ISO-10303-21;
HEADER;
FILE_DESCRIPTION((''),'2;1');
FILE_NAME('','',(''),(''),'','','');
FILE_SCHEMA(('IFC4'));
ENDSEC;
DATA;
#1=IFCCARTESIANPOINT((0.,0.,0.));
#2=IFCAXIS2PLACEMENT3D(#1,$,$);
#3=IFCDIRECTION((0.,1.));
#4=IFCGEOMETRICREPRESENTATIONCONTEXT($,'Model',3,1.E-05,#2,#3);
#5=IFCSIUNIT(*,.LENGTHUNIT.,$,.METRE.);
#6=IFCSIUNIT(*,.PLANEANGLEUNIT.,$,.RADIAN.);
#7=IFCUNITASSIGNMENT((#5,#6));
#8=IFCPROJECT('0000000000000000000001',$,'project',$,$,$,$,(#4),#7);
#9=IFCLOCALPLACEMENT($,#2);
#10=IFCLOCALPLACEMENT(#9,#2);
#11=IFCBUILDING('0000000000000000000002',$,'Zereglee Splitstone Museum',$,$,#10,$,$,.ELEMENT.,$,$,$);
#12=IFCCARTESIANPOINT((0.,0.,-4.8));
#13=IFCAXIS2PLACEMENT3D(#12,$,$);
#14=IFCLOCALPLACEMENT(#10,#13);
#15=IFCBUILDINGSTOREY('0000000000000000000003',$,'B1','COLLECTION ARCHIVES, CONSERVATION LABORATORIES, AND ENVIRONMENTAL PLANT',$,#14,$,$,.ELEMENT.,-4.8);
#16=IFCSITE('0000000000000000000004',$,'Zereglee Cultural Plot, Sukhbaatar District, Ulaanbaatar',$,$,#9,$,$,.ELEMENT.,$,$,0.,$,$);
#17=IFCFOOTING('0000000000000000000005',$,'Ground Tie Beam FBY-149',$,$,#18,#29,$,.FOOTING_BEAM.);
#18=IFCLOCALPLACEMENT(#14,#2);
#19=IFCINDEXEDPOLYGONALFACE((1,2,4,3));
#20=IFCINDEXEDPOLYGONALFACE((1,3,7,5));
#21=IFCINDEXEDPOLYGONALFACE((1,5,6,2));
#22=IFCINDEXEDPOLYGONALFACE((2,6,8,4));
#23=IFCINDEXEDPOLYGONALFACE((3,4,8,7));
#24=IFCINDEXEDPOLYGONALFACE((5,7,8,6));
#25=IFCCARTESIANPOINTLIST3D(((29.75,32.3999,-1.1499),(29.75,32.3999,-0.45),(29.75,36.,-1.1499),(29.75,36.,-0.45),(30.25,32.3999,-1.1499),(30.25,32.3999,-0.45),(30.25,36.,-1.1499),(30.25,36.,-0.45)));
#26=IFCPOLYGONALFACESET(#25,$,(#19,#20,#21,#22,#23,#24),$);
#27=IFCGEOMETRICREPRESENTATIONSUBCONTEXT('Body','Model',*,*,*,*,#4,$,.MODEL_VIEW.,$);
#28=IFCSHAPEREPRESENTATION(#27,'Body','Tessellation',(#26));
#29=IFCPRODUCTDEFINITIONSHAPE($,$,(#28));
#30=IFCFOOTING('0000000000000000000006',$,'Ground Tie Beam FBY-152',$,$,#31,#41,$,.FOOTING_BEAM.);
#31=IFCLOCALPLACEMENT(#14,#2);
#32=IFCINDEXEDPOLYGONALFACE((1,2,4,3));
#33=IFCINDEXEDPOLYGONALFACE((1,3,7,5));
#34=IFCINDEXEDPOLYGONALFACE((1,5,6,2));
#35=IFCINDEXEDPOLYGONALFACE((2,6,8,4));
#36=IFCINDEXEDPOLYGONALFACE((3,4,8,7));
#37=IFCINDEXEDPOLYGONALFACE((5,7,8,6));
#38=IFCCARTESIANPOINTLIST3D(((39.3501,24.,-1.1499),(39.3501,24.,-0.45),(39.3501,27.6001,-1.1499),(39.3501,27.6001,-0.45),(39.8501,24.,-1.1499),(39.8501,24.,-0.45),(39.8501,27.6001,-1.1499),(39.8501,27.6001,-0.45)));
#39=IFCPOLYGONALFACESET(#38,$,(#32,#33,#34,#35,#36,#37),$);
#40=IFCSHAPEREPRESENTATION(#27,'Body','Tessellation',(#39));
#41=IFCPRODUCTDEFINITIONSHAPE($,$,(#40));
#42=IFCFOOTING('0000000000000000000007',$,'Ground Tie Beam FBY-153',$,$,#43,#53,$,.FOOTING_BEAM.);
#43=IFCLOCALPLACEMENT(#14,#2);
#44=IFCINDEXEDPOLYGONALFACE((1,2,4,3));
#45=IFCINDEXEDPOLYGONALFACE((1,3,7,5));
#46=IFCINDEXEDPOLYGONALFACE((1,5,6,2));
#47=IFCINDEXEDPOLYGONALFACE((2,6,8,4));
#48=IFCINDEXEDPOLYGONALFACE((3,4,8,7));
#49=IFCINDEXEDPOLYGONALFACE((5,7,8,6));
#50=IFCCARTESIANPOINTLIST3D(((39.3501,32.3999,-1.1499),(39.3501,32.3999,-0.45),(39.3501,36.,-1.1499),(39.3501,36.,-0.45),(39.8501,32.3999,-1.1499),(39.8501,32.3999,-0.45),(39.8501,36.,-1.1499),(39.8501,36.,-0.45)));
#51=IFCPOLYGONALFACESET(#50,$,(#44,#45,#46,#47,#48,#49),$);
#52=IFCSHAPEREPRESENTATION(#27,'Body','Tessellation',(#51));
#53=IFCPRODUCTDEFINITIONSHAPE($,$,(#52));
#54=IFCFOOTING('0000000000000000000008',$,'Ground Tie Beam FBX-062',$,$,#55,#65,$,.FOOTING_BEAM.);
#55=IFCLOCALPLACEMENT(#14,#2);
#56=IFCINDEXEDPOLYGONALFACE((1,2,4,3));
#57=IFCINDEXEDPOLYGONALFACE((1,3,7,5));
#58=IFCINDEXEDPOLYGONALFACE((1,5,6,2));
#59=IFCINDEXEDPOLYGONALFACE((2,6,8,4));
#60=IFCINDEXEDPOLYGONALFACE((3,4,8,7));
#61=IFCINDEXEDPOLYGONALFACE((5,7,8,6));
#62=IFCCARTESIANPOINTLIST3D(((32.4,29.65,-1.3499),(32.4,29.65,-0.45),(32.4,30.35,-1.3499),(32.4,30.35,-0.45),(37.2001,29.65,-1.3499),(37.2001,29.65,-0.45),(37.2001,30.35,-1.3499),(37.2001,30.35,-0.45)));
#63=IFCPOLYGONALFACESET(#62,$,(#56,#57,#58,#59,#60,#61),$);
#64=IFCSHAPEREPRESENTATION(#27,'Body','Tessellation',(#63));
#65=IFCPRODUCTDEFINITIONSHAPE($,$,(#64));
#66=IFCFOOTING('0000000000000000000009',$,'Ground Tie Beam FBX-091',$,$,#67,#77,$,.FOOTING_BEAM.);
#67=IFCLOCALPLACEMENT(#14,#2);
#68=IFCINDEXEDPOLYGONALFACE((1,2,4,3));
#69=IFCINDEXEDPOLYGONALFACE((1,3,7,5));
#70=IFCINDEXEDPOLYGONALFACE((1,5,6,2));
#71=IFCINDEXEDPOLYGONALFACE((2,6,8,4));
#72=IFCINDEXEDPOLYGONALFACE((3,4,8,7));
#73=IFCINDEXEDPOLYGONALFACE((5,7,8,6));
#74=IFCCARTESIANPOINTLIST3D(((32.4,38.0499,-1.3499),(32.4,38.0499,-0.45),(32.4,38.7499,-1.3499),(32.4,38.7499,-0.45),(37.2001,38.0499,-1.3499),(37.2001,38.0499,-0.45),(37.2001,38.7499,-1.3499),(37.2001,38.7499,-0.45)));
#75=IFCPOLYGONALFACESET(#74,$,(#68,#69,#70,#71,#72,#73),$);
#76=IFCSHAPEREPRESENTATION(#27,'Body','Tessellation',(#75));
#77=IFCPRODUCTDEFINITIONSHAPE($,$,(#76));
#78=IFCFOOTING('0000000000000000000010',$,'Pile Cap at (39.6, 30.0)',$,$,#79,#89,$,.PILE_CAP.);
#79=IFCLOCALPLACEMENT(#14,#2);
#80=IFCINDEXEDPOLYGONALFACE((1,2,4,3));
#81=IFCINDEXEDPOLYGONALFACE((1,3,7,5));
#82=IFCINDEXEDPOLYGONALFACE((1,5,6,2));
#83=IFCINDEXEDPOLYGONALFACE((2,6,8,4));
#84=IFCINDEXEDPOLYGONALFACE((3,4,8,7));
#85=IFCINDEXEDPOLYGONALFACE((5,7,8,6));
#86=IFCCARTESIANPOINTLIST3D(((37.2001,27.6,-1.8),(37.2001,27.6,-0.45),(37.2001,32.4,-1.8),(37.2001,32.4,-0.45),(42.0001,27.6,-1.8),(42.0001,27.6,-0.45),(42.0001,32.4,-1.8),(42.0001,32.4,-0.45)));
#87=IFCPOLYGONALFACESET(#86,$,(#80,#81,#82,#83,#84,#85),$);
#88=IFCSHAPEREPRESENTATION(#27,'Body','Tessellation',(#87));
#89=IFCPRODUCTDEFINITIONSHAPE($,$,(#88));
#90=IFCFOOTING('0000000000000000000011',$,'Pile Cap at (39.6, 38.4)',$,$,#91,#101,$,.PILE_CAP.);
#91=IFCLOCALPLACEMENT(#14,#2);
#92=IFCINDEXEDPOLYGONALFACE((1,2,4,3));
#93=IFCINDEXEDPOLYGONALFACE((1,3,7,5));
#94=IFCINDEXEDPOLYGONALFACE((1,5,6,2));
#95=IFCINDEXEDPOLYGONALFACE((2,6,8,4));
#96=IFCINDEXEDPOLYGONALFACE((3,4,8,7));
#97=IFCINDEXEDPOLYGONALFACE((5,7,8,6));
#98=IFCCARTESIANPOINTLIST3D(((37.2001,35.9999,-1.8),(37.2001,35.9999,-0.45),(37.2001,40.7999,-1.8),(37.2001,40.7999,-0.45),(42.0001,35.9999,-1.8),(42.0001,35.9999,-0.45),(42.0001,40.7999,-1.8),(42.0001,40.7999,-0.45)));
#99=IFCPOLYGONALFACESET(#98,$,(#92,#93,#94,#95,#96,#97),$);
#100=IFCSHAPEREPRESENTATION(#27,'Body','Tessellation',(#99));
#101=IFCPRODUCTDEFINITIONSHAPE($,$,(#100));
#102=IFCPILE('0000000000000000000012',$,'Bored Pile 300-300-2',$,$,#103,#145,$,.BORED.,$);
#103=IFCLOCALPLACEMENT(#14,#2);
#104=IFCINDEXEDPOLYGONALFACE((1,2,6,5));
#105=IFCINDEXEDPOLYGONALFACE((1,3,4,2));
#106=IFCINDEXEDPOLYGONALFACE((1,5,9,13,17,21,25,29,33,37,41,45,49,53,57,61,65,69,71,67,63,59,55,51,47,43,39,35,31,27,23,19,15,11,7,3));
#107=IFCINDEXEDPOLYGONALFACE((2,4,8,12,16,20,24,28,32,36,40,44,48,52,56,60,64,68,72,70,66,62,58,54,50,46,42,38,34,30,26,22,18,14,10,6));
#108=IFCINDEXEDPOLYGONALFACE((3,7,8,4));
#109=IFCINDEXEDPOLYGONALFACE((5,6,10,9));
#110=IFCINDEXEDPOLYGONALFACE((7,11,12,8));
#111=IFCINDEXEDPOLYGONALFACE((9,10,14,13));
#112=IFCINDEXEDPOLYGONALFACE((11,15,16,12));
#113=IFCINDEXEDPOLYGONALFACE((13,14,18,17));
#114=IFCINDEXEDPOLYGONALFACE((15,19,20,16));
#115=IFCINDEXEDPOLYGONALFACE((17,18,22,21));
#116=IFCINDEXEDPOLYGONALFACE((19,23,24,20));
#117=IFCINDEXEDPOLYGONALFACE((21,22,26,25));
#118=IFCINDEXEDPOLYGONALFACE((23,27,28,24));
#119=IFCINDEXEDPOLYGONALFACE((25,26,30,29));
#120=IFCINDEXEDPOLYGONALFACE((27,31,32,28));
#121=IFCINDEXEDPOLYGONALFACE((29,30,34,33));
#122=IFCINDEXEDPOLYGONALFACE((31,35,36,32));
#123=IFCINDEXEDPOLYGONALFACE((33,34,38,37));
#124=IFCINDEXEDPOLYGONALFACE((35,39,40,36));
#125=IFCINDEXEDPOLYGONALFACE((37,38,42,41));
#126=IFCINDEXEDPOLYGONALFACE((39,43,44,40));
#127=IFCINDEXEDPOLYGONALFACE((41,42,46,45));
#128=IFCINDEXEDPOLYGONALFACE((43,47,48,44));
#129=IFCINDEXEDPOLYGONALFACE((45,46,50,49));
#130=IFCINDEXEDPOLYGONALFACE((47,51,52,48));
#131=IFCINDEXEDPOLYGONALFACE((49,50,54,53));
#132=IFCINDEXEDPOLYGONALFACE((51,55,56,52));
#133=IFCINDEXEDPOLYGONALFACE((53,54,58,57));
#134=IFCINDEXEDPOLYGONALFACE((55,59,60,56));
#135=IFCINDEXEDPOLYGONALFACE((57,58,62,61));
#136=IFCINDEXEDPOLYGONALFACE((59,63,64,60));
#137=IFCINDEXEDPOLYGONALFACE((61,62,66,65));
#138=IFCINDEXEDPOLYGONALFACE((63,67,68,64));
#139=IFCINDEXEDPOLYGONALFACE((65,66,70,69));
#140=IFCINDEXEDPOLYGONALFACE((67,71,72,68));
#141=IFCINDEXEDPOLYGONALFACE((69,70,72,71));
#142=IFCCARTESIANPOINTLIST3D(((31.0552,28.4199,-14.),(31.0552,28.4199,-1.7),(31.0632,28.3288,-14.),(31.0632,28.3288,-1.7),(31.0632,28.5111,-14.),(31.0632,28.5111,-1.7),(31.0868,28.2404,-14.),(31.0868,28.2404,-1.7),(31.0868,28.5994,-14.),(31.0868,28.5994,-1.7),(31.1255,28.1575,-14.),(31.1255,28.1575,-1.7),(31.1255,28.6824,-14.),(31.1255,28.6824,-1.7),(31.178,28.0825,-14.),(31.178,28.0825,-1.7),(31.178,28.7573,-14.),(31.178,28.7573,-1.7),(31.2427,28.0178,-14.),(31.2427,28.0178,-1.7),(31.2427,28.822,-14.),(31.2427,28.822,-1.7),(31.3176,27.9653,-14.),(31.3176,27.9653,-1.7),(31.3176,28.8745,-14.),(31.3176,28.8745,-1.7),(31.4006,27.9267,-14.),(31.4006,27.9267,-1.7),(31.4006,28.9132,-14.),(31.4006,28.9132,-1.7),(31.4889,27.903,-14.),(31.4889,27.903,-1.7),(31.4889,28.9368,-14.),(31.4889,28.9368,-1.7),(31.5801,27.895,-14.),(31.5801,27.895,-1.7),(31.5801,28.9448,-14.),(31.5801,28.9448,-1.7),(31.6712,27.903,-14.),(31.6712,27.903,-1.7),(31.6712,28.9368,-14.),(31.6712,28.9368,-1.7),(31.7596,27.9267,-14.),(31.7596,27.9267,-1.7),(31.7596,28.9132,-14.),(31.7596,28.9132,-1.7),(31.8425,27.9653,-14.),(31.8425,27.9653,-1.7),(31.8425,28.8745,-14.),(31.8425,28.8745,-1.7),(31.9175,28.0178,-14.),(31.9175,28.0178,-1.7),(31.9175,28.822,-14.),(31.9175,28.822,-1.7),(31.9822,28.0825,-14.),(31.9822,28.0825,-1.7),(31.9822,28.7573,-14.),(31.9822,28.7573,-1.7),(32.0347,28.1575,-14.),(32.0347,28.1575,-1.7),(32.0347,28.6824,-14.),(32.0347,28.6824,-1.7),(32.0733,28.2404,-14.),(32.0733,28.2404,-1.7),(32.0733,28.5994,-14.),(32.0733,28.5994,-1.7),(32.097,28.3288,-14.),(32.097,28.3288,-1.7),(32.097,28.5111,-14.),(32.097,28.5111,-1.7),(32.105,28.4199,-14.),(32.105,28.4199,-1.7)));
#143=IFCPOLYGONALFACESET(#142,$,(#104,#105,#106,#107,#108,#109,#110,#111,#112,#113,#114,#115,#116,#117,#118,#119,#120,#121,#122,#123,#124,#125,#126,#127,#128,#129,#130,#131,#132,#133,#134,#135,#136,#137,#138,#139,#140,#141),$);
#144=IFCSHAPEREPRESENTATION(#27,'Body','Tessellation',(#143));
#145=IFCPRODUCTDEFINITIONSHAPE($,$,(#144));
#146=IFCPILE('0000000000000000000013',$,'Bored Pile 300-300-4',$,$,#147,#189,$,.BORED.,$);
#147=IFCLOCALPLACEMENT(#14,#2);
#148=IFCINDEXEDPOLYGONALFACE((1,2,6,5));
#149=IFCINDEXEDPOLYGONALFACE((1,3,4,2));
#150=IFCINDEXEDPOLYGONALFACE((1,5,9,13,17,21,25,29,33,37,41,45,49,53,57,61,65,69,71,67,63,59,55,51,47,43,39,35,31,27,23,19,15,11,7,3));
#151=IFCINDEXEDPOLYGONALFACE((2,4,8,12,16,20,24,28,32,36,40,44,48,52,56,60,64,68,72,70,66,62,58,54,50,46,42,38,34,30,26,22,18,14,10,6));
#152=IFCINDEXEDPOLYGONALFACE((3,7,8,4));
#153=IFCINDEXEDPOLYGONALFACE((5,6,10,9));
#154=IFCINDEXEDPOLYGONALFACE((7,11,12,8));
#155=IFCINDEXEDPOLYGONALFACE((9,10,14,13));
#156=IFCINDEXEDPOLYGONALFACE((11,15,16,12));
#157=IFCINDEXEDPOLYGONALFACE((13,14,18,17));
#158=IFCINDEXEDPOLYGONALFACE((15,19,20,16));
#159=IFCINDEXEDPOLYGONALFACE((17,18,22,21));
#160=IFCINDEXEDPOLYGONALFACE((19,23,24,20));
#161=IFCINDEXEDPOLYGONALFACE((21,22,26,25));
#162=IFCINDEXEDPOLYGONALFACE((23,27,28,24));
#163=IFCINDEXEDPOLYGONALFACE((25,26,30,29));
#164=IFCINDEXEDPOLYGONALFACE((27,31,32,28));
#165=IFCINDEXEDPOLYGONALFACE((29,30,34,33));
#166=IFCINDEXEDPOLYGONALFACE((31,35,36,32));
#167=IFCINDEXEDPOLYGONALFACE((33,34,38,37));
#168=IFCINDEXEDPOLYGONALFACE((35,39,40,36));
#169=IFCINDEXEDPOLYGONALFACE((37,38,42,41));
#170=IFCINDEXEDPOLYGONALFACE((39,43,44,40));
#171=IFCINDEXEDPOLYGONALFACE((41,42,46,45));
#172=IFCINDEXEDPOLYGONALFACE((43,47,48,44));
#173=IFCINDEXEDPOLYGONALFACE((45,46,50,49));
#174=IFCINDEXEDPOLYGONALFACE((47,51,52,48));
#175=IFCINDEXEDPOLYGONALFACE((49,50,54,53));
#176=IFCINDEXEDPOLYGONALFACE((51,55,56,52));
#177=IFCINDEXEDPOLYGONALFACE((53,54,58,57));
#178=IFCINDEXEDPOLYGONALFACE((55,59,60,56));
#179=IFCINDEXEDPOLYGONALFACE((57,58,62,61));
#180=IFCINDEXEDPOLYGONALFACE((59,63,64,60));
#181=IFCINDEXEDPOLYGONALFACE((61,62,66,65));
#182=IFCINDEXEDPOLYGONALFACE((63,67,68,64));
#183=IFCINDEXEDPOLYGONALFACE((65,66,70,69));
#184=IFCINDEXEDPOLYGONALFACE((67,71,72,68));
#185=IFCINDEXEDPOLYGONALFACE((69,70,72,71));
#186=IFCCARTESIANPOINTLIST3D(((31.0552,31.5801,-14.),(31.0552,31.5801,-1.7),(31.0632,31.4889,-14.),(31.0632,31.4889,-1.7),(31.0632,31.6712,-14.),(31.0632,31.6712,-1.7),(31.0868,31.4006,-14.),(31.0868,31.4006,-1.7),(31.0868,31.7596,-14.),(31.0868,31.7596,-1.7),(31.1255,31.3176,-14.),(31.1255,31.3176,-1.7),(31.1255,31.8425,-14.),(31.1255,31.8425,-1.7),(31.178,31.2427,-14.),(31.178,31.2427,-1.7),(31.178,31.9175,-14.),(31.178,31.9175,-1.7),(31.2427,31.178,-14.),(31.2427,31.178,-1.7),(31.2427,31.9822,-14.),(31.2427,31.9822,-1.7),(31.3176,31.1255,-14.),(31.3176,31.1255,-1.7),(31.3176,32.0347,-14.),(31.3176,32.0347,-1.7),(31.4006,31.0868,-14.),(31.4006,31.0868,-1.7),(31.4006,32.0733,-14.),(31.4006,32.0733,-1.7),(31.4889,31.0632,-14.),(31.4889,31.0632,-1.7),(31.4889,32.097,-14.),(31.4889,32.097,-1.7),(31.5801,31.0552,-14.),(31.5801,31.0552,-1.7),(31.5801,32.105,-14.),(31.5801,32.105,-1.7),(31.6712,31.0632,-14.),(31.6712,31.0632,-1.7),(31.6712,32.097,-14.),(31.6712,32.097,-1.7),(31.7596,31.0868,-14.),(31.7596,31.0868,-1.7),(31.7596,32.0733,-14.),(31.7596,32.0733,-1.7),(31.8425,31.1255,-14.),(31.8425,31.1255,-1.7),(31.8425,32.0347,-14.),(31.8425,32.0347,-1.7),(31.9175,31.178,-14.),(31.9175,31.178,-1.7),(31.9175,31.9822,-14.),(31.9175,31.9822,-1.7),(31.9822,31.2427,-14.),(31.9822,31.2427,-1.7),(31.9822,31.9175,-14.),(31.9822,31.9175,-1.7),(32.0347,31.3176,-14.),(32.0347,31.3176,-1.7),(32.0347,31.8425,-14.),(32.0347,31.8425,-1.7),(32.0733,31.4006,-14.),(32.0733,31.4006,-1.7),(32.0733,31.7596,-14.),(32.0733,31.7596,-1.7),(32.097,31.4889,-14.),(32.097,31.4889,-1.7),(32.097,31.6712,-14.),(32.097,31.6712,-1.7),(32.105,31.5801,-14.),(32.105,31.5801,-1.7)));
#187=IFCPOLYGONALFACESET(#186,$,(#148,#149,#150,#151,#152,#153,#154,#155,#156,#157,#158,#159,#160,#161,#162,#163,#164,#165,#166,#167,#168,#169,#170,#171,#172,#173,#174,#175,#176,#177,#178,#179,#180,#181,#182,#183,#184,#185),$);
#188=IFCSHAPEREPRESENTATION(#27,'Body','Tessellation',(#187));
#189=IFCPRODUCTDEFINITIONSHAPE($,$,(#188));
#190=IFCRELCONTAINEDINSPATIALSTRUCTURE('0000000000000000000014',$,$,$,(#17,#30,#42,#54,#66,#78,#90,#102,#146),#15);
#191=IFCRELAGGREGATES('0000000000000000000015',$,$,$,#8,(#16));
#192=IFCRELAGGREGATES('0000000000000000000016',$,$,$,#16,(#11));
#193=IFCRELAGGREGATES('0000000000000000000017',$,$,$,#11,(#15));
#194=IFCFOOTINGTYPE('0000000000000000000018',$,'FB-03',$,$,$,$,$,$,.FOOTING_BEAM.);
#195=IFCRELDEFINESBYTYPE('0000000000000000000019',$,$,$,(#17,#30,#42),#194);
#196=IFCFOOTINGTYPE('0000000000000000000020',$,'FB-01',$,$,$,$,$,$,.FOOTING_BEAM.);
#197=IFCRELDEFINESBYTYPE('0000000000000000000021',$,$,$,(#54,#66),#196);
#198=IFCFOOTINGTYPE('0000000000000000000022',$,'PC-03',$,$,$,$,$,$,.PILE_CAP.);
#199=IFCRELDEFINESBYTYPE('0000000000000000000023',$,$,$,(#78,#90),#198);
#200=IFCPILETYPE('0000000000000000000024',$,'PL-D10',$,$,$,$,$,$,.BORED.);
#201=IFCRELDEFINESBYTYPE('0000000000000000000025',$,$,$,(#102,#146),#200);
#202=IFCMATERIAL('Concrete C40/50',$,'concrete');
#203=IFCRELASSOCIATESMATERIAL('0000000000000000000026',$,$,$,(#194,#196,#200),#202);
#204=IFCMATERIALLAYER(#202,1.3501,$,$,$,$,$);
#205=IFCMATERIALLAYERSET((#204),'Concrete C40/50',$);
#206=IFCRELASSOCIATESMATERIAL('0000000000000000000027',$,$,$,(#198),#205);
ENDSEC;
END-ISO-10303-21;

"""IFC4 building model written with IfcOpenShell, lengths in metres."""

from ifc_helpers import new_model, si_unit, direction, frame, origin, origin_2d, place, context, subcontext, project, spatial, rectangle, circle, extrude, material, layer, layer_set, material_profile, profile_set, type_object, element, save


model = new_model("IFC4")

# Units and contexts
model_context = context("Model", 3, precision=1e-05, world=origin(), true_north=direction((0.0, 1.0)))
body_context = subcontext(model_context, "Body", "Model", "MODEL_VIEW")
ifc_project = project(units=[si_unit("LENGTHUNIT", "METRE"), si_unit("PLANEANGLEUNIT", "RADIAN")], contexts=[model_context])

# Site, building, storey
site_placement = place(None, origin())
site = spatial("IfcSite", under=ifc_project, at=site_placement, Name="Zereglee Cultural Plot, Sukhbaatar District, Ulaanbaatar", CompositionType="ELEMENT", RefElevation=0.0)
building_placement = place(site_placement, origin())
building = spatial("IfcBuilding", under=site, at=building_placement, Name="Zereglee Splitstone Museum", CompositionType="ELEMENT")
storey_placement = place(building_placement, frame((0.0, 0.0, -4.8)))
storey = spatial("IfcBuildingStorey", under=building, at=storey_placement, Name="B1", Description="COLLECTION ARCHIVES, CONSERVATION LABORATORIES, AND ENVIRONMENTAL PLANT", CompositionType="ELEMENT", Elevation=-4.8)

# Footings
ifc_material_1 = material(Name="Concrete C40/50", Category="concrete")
footing_type_1 = type_object("IfcFootingType", Name="FB-03", PredefinedType="FOOTING_BEAM", material=ifc_material_1)
for number, where, z_axis, x_axis, name in (
    (1, (30.0, 34.2, -1.1499), (0.0, 0.0, 1.0), (0.0, 1.0, 0.0), "Ground Tie Beam FBY-149"),
    (2, (39.6001, 25.8, -1.1499), (0.0, 0.0, 1.0), (0.0, 1.0, 0.0), "Ground Tie Beam FBY-152"),
    (3, (39.6001, 34.2, -1.1499), (0.0, 0.0, 1.0), (0.0, 1.0, 0.0), "Ground Tie Beam FBY-153"),
):
    element("IfcFooting", number, at=place(storey_placement, frame(where, z_axis=z_axis, x_axis=x_axis)), inside=storey, type_object=footing_type_1, Name=name, PredefinedType="FOOTING_BEAM", context=body_context, shape_type="SweptSolid", body=[
        extrude(rectangle(XDim=3.6001, YDim=0.5, at=origin_2d()), origin(), (0.0, 0.0, 1.0), 0.7),
    ])
footing_type_2 = type_object("IfcFootingType", Name="FB-01", PredefinedType="FOOTING_BEAM", material=ifc_material_1)
for number, where, z_axis, x_axis, name in (
    (4, (34.8, 30.0, -1.3499), (0.0, 0.0, 1.0), (1.0, 0.0, 0.0), "Ground Tie Beam FBX-062"),
    (5, (34.8, 38.3999, -1.3499), (0.0, 0.0, 1.0), (1.0, 0.0, 0.0), "Ground Tie Beam FBX-091"),
):
    element("IfcFooting", number, at=place(storey_placement, frame(where, z_axis=z_axis, x_axis=x_axis)), inside=storey, type_object=footing_type_2, Name=name, PredefinedType="FOOTING_BEAM", context=body_context, shape_type="SweptSolid", body=[
        extrude(rectangle(XDim=4.8, YDim=0.7, at=origin_2d()), origin(), (0.0, 0.0, 1.0), 0.8999),
    ])
ifc_layer_1 = layer(ifc_material_1, 1.3501)
ifc_layer_set_1 = layer_set([ifc_layer_1], Name="Concrete C40/50")
footing_type_3 = type_object("IfcFootingType", Name="PC-03", PredefinedType="PILE_CAP", material=ifc_layer_set_1)
for number, where, z_axis, x_axis, name in (
    (6, (39.6001, 30.0, -1.8), (0.0, 0.0, 1.0), (1.0, 0.0, 0.0), "Pile Cap at (39.6, 30.0)"),
    (7, (39.6001, 38.3999, -1.8), (0.0, 0.0, 1.0), (1.0, 0.0, 0.0), "Pile Cap at (39.6, 38.4)"),
):
    element("IfcFooting", number, at=place(storey_placement, frame(where, z_axis=z_axis, x_axis=x_axis)), inside=storey, type_object=footing_type_3, Name=name, PredefinedType="PILE_CAP", context=body_context, shape_type="SweptSolid", body=[
        extrude(rectangle(XDim=4.8, YDim=4.8, at=origin_2d()), origin(), (0.0, 0.0, 1.0), 1.3501),
    ])

# Piles
ifc_material_profile_1 = material_profile(ifc_material_1, circle(Radius=0.5249, at=origin_2d()), Name="PILE D1050")
ifc_profile_set_1 = profile_set([ifc_material_profile_1], Name="Concrete C40/50")
pile_type = type_object("IfcPileType", Name="PL-D10", PredefinedType="BORED", material=ifc_profile_set_1)
for number, where, z_axis, x_axis, name in (
    (8, (31.5801, 28.4199, -1.7), (0.0, 0.0, -1.0), (1.0, 0.0, 0.0), "Bored Pile 300-300-2"),
    (9, (31.5801, 31.5801, -1.7), (0.0, 0.0, -1.0), (1.0, 0.0, 0.0), "Bored Pile 300-300-4"),
):
    element("IfcPile", number, at=place(storey_placement, frame(where, z_axis=z_axis, x_axis=x_axis)), inside=storey, type_object=pile_type, Name=name, PredefinedType="BORED", context=body_context, shape_type="SweptSolid", body=[
        extrude(circle(Radius=0.5249, at=origin_2d()), origin(), (0.0, 0.0, 1.0), 12.3),
    ])

save(model, "model.ifc")
